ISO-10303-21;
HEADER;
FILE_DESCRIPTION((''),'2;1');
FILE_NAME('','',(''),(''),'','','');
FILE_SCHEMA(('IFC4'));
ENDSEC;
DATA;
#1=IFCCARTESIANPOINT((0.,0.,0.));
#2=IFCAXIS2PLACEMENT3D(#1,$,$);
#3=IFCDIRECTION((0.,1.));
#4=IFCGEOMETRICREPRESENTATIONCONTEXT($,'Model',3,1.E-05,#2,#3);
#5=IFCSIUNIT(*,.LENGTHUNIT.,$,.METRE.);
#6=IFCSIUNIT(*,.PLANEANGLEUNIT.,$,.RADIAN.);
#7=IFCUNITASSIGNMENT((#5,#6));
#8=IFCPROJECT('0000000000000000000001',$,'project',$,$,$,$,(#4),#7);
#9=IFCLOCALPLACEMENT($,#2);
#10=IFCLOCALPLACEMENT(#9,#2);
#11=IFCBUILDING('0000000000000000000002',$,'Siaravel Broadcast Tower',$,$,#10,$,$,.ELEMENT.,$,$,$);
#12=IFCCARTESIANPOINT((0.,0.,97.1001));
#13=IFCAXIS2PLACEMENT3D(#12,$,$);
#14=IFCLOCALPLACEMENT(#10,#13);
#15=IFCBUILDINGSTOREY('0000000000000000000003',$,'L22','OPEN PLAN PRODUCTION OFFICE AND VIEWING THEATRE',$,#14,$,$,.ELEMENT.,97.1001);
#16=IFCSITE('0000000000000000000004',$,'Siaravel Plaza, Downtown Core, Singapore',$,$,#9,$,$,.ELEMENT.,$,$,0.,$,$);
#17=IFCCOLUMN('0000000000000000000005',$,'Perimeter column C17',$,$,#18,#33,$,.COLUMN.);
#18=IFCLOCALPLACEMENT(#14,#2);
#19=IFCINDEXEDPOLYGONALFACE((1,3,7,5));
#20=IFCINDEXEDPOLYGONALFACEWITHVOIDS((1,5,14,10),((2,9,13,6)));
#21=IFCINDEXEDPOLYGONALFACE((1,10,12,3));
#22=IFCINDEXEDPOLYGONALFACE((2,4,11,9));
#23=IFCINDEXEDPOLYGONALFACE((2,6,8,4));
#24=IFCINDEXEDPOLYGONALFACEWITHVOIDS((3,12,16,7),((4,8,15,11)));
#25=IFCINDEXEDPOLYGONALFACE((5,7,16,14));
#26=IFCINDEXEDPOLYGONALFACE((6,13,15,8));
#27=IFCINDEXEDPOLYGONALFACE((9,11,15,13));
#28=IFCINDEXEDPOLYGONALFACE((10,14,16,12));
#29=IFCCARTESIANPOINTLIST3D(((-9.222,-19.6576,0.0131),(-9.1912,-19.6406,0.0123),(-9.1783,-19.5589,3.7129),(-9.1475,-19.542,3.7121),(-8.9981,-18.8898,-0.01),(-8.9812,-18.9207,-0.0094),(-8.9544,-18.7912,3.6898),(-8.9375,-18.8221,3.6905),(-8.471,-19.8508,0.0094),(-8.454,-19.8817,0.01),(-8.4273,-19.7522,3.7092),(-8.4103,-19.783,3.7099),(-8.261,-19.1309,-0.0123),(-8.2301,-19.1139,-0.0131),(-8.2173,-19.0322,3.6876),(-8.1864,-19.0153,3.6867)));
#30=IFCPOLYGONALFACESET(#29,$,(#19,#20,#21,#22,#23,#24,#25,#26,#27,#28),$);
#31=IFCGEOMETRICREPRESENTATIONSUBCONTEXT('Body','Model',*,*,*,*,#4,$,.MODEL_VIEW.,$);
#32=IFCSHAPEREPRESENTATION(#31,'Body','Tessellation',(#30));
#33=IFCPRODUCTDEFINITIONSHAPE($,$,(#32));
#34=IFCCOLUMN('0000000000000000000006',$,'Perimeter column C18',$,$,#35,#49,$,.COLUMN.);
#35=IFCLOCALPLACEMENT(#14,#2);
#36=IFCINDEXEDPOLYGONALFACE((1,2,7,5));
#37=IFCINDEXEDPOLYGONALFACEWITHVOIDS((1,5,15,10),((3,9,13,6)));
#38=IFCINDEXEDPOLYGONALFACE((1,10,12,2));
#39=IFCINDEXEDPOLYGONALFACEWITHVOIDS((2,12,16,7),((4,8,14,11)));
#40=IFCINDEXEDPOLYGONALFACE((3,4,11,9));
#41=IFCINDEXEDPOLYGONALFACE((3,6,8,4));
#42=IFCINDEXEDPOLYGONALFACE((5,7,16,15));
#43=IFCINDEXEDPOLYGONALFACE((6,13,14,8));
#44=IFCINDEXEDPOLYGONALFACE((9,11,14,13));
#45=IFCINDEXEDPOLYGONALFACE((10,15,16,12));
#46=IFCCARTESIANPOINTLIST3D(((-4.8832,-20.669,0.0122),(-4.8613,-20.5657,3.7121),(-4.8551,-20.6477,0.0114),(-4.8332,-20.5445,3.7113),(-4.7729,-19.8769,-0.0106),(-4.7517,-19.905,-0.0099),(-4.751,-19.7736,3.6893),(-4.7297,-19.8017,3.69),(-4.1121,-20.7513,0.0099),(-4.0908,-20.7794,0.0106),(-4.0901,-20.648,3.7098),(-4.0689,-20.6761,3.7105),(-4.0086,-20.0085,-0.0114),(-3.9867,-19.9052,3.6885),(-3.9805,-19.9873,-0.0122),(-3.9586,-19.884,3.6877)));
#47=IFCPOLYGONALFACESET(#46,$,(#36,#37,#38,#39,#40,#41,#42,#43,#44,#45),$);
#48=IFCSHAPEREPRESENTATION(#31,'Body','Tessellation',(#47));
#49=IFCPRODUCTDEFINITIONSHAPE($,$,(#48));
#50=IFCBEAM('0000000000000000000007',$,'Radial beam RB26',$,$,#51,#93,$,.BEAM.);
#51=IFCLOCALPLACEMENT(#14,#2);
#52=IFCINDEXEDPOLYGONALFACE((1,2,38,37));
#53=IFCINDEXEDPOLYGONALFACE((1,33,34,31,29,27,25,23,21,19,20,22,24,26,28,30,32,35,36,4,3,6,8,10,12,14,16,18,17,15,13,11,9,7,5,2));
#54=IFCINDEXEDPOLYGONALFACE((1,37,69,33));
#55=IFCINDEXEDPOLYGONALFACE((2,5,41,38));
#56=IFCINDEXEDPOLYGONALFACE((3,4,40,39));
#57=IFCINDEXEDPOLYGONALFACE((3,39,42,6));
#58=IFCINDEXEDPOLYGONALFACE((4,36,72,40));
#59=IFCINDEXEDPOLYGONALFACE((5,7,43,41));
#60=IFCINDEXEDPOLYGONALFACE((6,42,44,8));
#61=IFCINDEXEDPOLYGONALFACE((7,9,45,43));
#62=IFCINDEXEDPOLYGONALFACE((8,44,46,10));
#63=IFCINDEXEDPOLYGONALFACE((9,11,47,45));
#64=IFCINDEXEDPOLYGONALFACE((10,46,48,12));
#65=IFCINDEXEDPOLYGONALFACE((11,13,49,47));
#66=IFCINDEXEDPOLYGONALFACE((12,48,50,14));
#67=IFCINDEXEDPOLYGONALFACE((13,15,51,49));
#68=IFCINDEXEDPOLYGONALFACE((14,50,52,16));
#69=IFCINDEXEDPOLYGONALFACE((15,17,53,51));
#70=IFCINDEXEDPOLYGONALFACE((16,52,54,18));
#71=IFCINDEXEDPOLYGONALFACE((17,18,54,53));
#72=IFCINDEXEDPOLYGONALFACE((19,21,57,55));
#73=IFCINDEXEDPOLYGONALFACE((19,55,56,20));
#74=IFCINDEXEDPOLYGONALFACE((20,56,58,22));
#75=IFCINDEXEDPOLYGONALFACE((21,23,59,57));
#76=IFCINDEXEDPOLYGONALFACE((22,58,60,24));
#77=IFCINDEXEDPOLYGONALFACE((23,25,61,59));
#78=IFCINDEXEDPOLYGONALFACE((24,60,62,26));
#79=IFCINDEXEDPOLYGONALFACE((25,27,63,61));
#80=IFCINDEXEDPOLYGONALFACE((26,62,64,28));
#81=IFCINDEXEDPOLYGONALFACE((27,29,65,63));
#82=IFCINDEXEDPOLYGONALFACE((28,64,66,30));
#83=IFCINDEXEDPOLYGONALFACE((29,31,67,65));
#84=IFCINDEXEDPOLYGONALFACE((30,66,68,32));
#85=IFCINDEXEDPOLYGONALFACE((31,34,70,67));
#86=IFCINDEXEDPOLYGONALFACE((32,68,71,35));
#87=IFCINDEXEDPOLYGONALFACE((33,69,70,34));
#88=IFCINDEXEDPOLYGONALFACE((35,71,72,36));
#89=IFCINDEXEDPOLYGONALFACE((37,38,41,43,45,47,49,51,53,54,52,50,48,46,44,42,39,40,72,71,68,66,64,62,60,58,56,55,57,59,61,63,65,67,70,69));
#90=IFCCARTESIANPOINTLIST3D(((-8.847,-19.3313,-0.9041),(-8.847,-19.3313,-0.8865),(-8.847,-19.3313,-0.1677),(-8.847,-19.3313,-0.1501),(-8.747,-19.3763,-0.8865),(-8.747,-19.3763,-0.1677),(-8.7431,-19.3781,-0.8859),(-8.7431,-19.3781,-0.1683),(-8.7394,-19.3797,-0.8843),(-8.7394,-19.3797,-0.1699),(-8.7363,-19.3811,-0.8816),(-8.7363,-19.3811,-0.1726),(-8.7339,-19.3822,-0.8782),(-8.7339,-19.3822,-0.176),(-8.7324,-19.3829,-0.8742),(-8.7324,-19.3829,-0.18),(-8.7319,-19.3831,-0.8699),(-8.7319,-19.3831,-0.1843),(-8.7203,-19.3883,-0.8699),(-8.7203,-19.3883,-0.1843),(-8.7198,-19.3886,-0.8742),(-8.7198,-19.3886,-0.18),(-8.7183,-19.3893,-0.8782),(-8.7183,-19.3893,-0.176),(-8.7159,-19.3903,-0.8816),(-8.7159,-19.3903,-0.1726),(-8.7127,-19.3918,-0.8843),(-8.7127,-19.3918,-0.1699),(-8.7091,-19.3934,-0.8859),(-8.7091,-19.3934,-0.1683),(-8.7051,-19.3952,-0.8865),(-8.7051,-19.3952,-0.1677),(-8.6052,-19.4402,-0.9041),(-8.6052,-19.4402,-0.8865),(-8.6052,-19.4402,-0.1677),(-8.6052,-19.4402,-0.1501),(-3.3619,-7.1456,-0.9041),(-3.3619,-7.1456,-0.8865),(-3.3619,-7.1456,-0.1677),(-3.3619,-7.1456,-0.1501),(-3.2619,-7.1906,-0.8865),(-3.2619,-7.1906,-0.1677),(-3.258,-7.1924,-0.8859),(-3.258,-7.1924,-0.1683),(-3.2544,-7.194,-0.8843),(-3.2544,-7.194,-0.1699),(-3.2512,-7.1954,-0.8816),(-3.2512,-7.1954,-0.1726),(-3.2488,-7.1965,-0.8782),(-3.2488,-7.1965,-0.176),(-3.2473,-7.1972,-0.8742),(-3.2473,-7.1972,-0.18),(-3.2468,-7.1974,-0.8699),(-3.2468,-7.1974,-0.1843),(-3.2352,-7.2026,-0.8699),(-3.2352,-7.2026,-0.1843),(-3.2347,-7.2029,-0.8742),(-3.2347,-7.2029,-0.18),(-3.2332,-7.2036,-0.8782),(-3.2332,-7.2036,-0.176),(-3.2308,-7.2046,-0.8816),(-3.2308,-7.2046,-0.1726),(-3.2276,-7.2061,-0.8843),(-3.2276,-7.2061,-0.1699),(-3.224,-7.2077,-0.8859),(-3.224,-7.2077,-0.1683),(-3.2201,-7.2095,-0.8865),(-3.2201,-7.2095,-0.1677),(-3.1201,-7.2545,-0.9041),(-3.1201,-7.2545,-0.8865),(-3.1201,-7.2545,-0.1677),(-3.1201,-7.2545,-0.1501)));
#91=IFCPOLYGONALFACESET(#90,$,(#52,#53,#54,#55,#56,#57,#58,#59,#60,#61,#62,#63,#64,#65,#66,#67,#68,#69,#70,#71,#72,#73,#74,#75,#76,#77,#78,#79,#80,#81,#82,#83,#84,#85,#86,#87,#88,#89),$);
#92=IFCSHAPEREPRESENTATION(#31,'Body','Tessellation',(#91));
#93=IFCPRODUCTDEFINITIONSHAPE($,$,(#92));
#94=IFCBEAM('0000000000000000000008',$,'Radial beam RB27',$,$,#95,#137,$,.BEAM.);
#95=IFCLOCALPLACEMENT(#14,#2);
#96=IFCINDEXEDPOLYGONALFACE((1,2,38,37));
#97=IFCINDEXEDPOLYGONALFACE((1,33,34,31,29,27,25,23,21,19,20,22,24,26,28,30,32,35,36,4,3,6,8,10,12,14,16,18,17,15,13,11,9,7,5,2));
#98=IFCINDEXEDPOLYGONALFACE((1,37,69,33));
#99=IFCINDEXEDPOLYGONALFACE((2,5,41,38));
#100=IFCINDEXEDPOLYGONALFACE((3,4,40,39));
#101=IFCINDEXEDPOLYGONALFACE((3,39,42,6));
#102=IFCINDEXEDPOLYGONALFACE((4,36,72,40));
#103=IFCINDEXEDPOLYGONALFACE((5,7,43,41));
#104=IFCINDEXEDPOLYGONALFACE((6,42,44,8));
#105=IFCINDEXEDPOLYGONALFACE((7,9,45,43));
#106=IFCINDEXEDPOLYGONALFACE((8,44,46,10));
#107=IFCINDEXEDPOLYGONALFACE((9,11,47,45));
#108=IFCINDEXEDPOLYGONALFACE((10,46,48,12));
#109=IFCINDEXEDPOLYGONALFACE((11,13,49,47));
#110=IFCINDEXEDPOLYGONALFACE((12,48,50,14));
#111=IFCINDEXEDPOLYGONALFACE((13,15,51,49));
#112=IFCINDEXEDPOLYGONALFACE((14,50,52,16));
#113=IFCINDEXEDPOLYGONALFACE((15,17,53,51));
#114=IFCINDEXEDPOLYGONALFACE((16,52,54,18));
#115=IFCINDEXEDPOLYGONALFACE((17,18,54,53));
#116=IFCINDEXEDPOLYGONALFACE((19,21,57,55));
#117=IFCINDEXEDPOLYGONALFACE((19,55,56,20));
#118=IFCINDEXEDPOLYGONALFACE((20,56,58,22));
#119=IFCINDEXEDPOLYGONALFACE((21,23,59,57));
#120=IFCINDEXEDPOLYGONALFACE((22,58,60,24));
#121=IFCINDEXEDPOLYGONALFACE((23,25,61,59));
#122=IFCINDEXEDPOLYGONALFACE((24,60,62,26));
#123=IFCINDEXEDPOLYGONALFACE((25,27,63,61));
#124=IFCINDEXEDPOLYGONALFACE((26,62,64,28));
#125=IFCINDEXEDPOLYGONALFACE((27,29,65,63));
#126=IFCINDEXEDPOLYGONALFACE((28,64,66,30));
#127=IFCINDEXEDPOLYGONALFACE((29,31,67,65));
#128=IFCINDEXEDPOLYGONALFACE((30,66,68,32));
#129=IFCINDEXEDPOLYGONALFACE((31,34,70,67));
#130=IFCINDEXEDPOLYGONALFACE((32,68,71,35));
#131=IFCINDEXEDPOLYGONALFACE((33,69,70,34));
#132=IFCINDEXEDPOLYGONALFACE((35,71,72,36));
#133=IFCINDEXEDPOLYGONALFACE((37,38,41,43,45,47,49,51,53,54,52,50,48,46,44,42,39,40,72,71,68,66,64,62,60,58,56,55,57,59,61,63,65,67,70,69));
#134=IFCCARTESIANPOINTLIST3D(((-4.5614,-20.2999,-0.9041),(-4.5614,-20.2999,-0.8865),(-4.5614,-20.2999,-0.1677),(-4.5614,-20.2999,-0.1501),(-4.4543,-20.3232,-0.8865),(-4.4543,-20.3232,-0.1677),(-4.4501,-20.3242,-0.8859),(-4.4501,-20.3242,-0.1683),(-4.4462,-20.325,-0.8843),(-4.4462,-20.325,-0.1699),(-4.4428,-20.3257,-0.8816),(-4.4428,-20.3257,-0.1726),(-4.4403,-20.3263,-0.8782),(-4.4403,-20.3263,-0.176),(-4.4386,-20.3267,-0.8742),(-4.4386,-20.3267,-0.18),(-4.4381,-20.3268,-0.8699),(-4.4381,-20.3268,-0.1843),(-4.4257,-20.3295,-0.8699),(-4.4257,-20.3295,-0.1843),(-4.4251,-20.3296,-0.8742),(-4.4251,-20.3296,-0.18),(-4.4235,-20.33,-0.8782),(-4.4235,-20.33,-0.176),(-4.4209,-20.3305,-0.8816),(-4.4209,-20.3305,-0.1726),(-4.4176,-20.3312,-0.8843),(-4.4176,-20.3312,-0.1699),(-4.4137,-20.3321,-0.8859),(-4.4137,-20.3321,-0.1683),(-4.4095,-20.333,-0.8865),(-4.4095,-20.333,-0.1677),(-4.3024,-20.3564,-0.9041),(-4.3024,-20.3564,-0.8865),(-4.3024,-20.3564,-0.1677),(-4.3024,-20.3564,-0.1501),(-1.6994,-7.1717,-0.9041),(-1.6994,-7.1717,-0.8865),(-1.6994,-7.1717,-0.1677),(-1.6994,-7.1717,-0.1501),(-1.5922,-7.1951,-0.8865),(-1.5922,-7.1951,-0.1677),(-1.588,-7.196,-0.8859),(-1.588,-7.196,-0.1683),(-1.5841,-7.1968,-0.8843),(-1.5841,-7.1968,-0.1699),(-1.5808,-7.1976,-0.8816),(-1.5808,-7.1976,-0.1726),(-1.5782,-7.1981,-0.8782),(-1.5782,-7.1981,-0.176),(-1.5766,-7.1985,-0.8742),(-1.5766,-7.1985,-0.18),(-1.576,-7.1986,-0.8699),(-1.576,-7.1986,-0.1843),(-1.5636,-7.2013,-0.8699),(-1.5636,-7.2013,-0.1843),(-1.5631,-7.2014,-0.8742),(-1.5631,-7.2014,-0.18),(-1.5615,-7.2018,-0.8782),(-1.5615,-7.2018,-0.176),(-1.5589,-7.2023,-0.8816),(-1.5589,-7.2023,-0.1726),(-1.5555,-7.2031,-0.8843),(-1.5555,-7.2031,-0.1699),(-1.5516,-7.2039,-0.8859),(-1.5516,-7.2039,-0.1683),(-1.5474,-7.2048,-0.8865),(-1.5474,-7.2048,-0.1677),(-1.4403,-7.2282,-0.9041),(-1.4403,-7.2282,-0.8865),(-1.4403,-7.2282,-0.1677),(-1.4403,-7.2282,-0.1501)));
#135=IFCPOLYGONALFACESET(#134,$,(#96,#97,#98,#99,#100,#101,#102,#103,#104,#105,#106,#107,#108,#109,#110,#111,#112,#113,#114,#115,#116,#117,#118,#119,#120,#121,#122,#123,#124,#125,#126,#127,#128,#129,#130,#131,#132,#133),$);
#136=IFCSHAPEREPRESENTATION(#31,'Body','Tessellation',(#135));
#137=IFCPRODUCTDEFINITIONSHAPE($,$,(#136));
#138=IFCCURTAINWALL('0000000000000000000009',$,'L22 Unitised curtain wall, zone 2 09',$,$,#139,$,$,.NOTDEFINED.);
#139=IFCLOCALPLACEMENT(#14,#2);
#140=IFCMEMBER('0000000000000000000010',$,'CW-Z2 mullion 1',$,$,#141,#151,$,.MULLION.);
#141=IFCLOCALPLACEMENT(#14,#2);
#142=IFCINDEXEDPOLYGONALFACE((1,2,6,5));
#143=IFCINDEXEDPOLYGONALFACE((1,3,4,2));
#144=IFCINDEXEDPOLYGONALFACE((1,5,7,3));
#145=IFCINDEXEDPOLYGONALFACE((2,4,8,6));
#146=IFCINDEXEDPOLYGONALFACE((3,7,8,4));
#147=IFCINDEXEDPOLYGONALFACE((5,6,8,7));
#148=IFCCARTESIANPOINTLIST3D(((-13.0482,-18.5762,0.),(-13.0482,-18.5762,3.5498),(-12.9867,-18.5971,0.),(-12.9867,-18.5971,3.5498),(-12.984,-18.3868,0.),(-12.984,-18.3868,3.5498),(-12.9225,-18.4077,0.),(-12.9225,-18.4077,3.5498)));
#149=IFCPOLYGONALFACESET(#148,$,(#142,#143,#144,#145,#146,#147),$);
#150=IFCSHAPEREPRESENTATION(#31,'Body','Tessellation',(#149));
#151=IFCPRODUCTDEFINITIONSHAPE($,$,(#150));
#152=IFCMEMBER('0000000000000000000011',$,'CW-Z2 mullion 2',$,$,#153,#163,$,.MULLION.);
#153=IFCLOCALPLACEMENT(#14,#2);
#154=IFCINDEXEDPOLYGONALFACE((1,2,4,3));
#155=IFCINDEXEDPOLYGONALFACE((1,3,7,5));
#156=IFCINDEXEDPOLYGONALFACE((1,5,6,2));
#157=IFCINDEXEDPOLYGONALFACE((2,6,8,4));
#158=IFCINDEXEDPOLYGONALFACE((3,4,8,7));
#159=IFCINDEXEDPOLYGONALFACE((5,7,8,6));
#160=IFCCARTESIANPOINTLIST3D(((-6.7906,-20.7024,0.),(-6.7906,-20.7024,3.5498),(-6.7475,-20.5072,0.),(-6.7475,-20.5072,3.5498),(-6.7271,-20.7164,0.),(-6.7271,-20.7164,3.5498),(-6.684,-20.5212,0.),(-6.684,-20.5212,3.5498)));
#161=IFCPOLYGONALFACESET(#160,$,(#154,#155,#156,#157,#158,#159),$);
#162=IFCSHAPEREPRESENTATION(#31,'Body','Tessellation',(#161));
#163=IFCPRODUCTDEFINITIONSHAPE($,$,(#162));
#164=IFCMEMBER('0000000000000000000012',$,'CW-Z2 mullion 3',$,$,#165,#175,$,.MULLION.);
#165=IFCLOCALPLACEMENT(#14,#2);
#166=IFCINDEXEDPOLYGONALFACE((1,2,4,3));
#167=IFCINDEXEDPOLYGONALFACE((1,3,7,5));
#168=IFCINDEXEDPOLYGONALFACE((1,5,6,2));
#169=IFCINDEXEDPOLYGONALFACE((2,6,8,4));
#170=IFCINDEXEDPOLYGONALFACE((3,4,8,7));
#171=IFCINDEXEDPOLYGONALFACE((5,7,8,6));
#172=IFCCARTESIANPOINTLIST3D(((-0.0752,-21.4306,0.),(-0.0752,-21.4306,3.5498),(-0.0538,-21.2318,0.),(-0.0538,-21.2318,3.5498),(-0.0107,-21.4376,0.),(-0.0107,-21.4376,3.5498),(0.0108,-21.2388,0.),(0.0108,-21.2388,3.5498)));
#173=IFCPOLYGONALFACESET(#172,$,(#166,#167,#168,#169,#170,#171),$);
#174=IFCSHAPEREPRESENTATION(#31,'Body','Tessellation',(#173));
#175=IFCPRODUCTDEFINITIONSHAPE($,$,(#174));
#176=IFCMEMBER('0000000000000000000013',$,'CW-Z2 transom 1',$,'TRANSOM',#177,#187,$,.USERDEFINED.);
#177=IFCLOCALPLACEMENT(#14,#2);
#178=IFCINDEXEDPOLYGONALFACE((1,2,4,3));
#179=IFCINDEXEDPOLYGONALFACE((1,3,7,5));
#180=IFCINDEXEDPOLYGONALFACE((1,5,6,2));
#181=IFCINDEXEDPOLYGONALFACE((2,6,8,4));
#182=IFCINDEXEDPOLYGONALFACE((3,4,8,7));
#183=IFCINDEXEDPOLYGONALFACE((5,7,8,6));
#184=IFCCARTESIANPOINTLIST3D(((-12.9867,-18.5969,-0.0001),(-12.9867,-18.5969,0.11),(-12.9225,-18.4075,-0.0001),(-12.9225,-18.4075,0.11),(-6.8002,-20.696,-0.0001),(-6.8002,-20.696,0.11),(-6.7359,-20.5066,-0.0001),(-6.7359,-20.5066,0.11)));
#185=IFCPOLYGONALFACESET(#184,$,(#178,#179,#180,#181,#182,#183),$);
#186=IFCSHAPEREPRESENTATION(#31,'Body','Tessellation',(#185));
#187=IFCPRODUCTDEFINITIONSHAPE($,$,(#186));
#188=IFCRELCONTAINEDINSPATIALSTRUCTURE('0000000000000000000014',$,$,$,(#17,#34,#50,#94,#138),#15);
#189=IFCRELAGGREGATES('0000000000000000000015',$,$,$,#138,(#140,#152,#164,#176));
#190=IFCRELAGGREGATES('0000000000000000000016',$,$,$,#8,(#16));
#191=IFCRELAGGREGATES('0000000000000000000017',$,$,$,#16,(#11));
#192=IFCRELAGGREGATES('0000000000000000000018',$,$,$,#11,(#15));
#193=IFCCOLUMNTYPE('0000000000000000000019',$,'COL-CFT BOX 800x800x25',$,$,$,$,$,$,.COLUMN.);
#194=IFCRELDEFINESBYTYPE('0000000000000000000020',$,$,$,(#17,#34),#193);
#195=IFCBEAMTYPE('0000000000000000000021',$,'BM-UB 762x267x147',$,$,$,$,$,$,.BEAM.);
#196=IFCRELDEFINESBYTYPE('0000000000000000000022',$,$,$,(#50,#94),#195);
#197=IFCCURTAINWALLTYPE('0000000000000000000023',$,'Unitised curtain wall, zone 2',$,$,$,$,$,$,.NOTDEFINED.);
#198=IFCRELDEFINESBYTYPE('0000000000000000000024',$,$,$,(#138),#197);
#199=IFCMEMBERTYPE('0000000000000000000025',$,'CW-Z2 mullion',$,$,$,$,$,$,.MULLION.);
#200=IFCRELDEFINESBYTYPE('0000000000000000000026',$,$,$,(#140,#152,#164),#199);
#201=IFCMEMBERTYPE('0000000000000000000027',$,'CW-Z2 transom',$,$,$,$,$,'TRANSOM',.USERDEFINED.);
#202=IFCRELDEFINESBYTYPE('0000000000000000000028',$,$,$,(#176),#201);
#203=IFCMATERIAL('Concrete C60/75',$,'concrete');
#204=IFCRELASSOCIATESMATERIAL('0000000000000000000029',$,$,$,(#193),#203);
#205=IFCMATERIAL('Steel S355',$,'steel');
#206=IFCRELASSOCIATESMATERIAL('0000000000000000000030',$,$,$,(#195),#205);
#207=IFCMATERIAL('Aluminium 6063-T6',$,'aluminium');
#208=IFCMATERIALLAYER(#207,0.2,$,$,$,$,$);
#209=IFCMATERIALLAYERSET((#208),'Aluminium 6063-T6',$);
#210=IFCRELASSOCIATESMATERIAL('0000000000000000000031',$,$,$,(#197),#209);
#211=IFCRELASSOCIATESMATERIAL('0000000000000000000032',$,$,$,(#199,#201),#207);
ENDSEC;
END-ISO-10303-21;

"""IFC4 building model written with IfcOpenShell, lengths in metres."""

from ifc_helpers import new_model, si_unit, direction, frame, origin, origin_2d, place, context, subcontext, project, spatial, rectangle, hollow_rectangle, i_section, extrude, material, layer, layer_set, material_profile, profile_set, type_object, element, aggregate, save


model = new_model("IFC4")

# Units and contexts
model_context = context("Model", 3, precision=1e-05, world=origin(), true_north=direction((0.0, 1.0)))
body_context = subcontext(model_context, "Body", "Model", "MODEL_VIEW")
ifc_project = project(units=[si_unit("LENGTHUNIT", "METRE"), si_unit("PLANEANGLEUNIT", "RADIAN")], contexts=[model_context])

# Site, building, storey
site_placement = place(None, origin())
site = spatial("IfcSite", under=ifc_project, at=site_placement, Name="Siaravel Plaza, Downtown Core, Singapore", CompositionType="ELEMENT", RefElevation=0.0)
building_placement = place(site_placement, origin())
building = spatial("IfcBuilding", under=site, at=building_placement, Name="Siaravel Broadcast Tower", CompositionType="ELEMENT")
storey_placement = place(building_placement, frame((0.0, 0.0, 97.1001)))
storey = spatial("IfcBuildingStorey", under=building, at=storey_placement, Name="L22", Description="OPEN PLAN PRODUCTION OFFICE AND VIEWING THEATRE", CompositionType="ELEMENT", Elevation=97.1001)

# Columns
ifc_material_1 = material(Name="Concrete C60/75", Category="concrete")
ifc_material_profile_1 = material_profile(ifc_material_1, hollow_rectangle(XDim=0.8, YDim=0.8, WallThickness=0.0249, at=origin_2d()))
ifc_profile_set_1 = profile_set([ifc_material_profile_1], Name="Concrete C60/75")
column_type = type_object("IfcColumnType", Name="COL-CFT BOX 800x800x25", PredefinedType="COLUMN", material=ifc_profile_set_1)
for number, where, z_axis, x_axis, name in (
    (1, (-8.7261, -19.3857, 0.0), (0.011806, 0.026647, 0.999575), (-0.95996, 0.28011, 0.003871), "Perimeter column C17"),
    (2, (-4.4319, -20.3281, 0.0), (0.005936, 0.0279, 0.999593), (-0.99043, 0.138, 0.00203), "Perimeter column C18"),
):
    element("IfcColumn", number, at=place(storey_placement, frame(where, z_axis=z_axis, x_axis=x_axis)), inside=storey, type_object=column_type, Name=name, PredefinedType="COLUMN", context=body_context, shape_type="SweptSolid", body=[
        extrude(hollow_rectangle(XDim=0.8, YDim=0.8, WallThickness=0.0249, at=origin_2d()), origin(), (0.0, 0.0, 1.0), 3.7014),
    ])

# Beams
ifc_material_2 = material(Name="Steel S355", Category="steel")
ifc_material_profile_2 = material_profile(ifc_material_2, i_section(OverallWidth=0.2651, OverallDepth=0.7539, WebThickness=0.0127, FlangeThickness=0.0176, FilletRadius=0.0166, at=origin_2d()))
ifc_profile_set_2 = profile_set([ifc_material_profile_2], Name="Steel S355")
beam_type = type_object("IfcBeamType", Name="BM-UB 762x267x147", PredefinedType="BEAM", material=ifc_profile_set_2)
beam_1_placement = place(storey_placement, frame((-8.7261, -19.3857, -0.5271), z_axis=(0.410458, 0.911879, 0.0), x_axis=(-0.911879, 0.410458, 0.0)))
element("IfcBeam", 3, at=beam_1_placement, inside=storey, type_object=beam_type, Name="Radial beam RB26", PredefinedType="BEAM", context=body_context, shape_type="SweptSolid", body=[
    extrude(i_section(OverallWidth=0.2651, OverallDepth=0.7539, WebThickness=0.0127, FlangeThickness=0.0176, FilletRadius=0.0166, at=origin_2d()), origin(), (0.0, 0.0, 1.0), 13.3633),
])
beam_2_placement = place(storey_placement, frame((-4.4319, -20.3281, -0.5271), z_axis=(0.213006, 0.977051, 0.0), x_axis=(-0.977051, 0.213006, 0.0)))
element("IfcBeam", 4, at=beam_2_placement, inside=storey, type_object=beam_type, Name="Radial beam RB27", PredefinedType="BEAM", context=body_context, shape_type="SweptSolid", body=[
    extrude(i_section(OverallWidth=0.2651, OverallDepth=0.7539, WebThickness=0.0127, FlangeThickness=0.0176, FilletRadius=0.0166, at=origin_2d()), origin(), (0.0, 0.0, 1.0), 13.4365),
])

# Curtain wall, members
ifc_material_3 = material(Name="Aluminium 6063-T6", Category="aluminium")
ifc_layer_1 = layer(ifc_material_3, 0.2)
ifc_layer_set_1 = layer_set([ifc_layer_1], Name="Aluminium 6063-T6")
curtain_wall_type = type_object("IfcCurtainWallType", Name="Unitised curtain wall, zone 2", PredefinedType="NOTDEFINED", material=ifc_layer_set_1)
curtain_wall_placement = place(storey_placement, origin())
curtain_wall = element("IfcCurtainWall", 5, at=curtain_wall_placement, inside=storey, type_object=curtain_wall_type, Name="L22 Unitised curtain wall, zone 2 09", PredefinedType="NOTDEFINED")
ifc_material_profile_3 = material_profile(ifc_material_3, rectangle(XDim=0.2, YDim=0.0649, at=origin_2d()))
ifc_profile_set_3 = profile_set([ifc_material_profile_3], Name="Aluminium 6063-T6")
member_type_1 = type_object("IfcMemberType", Name="CW-Z2 mullion", PredefinedType="MULLION", material=ifc_profile_set_3)
member_1_placement = place(storey_placement, frame((-12.9854, -18.4919, 0.0), z_axis=(0.0, 0.0, 1.0), x_axis=(0.3213, 0.946977, 0.0)))
member_1 = element("IfcMember", 6, at=member_1_placement, type_object=member_type_1, Name="CW-Z2 mullion 1", PredefinedType="MULLION", context=body_context, shape_type="SweptSolid", body=[
    extrude(rectangle(XDim=0.2, YDim=0.0649, at=origin_2d()), origin(), (0.0, 0.0, 1.0), 3.5498),
])
member_2_placement = place(storey_placement, frame((-6.7373, -20.6118, 0.0), z_axis=(0.0, 0.0, 1.0), x_axis=(0.215558, 0.976491, 0.0)))
member_2 = element("IfcMember", 7, at=member_2_placement, type_object=member_type_1, Name="CW-Z2 mullion 2", PredefinedType="MULLION", context=body_context, shape_type="SweptSolid", body=[
    extrude(rectangle(XDim=0.2, YDim=0.0649, at=origin_2d()), origin(), (0.0, 0.0, 1.0), 3.5498),
])
member_3_placement = place(storey_placement, frame((-0.0322, -21.3347, 0.0), z_axis=(0.0, 0.0, 1.0), x_axis=(0.107217, 0.994236, 0.0)))
member_3 = element("IfcMember", 8, at=member_3_placement, type_object=member_type_1, Name="CW-Z2 mullion 3", PredefinedType="MULLION", context=body_context, shape_type="SweptSolid", body=[
    extrude(rectangle(XDim=0.2, YDim=0.0649, at=origin_2d()), origin(), (0.0, 0.0, 1.0), 3.5498),
])
ifc_material_profile_4 = material_profile(ifc_material_3, rectangle(XDim=0.2, YDim=0.1101, at=origin_2d()))
ifc_profile_set_4 = profile_set([ifc_material_profile_4], Name="Aluminium 6063-T6")
member_type_2 = type_object("IfcMemberType", Name="CW-Z2 transom", ElementType="TRANSOM", PredefinedType="USERDEFINED", material=ifc_profile_set_4)
member_4_placement = place(storey_placement, frame((-12.9546, -18.5022, 0.0549), z_axis=(0.946973, -0.321313, 0.0), x_axis=(0.321313, 0.946973, 0.0)))
member_4 = element("IfcMember", 9, at=member_4_placement, type_object=member_type_2, Name="CW-Z2 transom 1", ObjectType="TRANSOM", PredefinedType="USERDEFINED", context=body_context, shape_type="SweptSolid", body=[
    extrude(rectangle(XDim=0.2, YDim=0.1101, at=origin_2d()), origin(), (0.0, 0.0, 1.0), 6.533),
])

aggregate(curtain_wall, [member_1, member_2, member_3, member_4])

save(model, "model.ifc")
